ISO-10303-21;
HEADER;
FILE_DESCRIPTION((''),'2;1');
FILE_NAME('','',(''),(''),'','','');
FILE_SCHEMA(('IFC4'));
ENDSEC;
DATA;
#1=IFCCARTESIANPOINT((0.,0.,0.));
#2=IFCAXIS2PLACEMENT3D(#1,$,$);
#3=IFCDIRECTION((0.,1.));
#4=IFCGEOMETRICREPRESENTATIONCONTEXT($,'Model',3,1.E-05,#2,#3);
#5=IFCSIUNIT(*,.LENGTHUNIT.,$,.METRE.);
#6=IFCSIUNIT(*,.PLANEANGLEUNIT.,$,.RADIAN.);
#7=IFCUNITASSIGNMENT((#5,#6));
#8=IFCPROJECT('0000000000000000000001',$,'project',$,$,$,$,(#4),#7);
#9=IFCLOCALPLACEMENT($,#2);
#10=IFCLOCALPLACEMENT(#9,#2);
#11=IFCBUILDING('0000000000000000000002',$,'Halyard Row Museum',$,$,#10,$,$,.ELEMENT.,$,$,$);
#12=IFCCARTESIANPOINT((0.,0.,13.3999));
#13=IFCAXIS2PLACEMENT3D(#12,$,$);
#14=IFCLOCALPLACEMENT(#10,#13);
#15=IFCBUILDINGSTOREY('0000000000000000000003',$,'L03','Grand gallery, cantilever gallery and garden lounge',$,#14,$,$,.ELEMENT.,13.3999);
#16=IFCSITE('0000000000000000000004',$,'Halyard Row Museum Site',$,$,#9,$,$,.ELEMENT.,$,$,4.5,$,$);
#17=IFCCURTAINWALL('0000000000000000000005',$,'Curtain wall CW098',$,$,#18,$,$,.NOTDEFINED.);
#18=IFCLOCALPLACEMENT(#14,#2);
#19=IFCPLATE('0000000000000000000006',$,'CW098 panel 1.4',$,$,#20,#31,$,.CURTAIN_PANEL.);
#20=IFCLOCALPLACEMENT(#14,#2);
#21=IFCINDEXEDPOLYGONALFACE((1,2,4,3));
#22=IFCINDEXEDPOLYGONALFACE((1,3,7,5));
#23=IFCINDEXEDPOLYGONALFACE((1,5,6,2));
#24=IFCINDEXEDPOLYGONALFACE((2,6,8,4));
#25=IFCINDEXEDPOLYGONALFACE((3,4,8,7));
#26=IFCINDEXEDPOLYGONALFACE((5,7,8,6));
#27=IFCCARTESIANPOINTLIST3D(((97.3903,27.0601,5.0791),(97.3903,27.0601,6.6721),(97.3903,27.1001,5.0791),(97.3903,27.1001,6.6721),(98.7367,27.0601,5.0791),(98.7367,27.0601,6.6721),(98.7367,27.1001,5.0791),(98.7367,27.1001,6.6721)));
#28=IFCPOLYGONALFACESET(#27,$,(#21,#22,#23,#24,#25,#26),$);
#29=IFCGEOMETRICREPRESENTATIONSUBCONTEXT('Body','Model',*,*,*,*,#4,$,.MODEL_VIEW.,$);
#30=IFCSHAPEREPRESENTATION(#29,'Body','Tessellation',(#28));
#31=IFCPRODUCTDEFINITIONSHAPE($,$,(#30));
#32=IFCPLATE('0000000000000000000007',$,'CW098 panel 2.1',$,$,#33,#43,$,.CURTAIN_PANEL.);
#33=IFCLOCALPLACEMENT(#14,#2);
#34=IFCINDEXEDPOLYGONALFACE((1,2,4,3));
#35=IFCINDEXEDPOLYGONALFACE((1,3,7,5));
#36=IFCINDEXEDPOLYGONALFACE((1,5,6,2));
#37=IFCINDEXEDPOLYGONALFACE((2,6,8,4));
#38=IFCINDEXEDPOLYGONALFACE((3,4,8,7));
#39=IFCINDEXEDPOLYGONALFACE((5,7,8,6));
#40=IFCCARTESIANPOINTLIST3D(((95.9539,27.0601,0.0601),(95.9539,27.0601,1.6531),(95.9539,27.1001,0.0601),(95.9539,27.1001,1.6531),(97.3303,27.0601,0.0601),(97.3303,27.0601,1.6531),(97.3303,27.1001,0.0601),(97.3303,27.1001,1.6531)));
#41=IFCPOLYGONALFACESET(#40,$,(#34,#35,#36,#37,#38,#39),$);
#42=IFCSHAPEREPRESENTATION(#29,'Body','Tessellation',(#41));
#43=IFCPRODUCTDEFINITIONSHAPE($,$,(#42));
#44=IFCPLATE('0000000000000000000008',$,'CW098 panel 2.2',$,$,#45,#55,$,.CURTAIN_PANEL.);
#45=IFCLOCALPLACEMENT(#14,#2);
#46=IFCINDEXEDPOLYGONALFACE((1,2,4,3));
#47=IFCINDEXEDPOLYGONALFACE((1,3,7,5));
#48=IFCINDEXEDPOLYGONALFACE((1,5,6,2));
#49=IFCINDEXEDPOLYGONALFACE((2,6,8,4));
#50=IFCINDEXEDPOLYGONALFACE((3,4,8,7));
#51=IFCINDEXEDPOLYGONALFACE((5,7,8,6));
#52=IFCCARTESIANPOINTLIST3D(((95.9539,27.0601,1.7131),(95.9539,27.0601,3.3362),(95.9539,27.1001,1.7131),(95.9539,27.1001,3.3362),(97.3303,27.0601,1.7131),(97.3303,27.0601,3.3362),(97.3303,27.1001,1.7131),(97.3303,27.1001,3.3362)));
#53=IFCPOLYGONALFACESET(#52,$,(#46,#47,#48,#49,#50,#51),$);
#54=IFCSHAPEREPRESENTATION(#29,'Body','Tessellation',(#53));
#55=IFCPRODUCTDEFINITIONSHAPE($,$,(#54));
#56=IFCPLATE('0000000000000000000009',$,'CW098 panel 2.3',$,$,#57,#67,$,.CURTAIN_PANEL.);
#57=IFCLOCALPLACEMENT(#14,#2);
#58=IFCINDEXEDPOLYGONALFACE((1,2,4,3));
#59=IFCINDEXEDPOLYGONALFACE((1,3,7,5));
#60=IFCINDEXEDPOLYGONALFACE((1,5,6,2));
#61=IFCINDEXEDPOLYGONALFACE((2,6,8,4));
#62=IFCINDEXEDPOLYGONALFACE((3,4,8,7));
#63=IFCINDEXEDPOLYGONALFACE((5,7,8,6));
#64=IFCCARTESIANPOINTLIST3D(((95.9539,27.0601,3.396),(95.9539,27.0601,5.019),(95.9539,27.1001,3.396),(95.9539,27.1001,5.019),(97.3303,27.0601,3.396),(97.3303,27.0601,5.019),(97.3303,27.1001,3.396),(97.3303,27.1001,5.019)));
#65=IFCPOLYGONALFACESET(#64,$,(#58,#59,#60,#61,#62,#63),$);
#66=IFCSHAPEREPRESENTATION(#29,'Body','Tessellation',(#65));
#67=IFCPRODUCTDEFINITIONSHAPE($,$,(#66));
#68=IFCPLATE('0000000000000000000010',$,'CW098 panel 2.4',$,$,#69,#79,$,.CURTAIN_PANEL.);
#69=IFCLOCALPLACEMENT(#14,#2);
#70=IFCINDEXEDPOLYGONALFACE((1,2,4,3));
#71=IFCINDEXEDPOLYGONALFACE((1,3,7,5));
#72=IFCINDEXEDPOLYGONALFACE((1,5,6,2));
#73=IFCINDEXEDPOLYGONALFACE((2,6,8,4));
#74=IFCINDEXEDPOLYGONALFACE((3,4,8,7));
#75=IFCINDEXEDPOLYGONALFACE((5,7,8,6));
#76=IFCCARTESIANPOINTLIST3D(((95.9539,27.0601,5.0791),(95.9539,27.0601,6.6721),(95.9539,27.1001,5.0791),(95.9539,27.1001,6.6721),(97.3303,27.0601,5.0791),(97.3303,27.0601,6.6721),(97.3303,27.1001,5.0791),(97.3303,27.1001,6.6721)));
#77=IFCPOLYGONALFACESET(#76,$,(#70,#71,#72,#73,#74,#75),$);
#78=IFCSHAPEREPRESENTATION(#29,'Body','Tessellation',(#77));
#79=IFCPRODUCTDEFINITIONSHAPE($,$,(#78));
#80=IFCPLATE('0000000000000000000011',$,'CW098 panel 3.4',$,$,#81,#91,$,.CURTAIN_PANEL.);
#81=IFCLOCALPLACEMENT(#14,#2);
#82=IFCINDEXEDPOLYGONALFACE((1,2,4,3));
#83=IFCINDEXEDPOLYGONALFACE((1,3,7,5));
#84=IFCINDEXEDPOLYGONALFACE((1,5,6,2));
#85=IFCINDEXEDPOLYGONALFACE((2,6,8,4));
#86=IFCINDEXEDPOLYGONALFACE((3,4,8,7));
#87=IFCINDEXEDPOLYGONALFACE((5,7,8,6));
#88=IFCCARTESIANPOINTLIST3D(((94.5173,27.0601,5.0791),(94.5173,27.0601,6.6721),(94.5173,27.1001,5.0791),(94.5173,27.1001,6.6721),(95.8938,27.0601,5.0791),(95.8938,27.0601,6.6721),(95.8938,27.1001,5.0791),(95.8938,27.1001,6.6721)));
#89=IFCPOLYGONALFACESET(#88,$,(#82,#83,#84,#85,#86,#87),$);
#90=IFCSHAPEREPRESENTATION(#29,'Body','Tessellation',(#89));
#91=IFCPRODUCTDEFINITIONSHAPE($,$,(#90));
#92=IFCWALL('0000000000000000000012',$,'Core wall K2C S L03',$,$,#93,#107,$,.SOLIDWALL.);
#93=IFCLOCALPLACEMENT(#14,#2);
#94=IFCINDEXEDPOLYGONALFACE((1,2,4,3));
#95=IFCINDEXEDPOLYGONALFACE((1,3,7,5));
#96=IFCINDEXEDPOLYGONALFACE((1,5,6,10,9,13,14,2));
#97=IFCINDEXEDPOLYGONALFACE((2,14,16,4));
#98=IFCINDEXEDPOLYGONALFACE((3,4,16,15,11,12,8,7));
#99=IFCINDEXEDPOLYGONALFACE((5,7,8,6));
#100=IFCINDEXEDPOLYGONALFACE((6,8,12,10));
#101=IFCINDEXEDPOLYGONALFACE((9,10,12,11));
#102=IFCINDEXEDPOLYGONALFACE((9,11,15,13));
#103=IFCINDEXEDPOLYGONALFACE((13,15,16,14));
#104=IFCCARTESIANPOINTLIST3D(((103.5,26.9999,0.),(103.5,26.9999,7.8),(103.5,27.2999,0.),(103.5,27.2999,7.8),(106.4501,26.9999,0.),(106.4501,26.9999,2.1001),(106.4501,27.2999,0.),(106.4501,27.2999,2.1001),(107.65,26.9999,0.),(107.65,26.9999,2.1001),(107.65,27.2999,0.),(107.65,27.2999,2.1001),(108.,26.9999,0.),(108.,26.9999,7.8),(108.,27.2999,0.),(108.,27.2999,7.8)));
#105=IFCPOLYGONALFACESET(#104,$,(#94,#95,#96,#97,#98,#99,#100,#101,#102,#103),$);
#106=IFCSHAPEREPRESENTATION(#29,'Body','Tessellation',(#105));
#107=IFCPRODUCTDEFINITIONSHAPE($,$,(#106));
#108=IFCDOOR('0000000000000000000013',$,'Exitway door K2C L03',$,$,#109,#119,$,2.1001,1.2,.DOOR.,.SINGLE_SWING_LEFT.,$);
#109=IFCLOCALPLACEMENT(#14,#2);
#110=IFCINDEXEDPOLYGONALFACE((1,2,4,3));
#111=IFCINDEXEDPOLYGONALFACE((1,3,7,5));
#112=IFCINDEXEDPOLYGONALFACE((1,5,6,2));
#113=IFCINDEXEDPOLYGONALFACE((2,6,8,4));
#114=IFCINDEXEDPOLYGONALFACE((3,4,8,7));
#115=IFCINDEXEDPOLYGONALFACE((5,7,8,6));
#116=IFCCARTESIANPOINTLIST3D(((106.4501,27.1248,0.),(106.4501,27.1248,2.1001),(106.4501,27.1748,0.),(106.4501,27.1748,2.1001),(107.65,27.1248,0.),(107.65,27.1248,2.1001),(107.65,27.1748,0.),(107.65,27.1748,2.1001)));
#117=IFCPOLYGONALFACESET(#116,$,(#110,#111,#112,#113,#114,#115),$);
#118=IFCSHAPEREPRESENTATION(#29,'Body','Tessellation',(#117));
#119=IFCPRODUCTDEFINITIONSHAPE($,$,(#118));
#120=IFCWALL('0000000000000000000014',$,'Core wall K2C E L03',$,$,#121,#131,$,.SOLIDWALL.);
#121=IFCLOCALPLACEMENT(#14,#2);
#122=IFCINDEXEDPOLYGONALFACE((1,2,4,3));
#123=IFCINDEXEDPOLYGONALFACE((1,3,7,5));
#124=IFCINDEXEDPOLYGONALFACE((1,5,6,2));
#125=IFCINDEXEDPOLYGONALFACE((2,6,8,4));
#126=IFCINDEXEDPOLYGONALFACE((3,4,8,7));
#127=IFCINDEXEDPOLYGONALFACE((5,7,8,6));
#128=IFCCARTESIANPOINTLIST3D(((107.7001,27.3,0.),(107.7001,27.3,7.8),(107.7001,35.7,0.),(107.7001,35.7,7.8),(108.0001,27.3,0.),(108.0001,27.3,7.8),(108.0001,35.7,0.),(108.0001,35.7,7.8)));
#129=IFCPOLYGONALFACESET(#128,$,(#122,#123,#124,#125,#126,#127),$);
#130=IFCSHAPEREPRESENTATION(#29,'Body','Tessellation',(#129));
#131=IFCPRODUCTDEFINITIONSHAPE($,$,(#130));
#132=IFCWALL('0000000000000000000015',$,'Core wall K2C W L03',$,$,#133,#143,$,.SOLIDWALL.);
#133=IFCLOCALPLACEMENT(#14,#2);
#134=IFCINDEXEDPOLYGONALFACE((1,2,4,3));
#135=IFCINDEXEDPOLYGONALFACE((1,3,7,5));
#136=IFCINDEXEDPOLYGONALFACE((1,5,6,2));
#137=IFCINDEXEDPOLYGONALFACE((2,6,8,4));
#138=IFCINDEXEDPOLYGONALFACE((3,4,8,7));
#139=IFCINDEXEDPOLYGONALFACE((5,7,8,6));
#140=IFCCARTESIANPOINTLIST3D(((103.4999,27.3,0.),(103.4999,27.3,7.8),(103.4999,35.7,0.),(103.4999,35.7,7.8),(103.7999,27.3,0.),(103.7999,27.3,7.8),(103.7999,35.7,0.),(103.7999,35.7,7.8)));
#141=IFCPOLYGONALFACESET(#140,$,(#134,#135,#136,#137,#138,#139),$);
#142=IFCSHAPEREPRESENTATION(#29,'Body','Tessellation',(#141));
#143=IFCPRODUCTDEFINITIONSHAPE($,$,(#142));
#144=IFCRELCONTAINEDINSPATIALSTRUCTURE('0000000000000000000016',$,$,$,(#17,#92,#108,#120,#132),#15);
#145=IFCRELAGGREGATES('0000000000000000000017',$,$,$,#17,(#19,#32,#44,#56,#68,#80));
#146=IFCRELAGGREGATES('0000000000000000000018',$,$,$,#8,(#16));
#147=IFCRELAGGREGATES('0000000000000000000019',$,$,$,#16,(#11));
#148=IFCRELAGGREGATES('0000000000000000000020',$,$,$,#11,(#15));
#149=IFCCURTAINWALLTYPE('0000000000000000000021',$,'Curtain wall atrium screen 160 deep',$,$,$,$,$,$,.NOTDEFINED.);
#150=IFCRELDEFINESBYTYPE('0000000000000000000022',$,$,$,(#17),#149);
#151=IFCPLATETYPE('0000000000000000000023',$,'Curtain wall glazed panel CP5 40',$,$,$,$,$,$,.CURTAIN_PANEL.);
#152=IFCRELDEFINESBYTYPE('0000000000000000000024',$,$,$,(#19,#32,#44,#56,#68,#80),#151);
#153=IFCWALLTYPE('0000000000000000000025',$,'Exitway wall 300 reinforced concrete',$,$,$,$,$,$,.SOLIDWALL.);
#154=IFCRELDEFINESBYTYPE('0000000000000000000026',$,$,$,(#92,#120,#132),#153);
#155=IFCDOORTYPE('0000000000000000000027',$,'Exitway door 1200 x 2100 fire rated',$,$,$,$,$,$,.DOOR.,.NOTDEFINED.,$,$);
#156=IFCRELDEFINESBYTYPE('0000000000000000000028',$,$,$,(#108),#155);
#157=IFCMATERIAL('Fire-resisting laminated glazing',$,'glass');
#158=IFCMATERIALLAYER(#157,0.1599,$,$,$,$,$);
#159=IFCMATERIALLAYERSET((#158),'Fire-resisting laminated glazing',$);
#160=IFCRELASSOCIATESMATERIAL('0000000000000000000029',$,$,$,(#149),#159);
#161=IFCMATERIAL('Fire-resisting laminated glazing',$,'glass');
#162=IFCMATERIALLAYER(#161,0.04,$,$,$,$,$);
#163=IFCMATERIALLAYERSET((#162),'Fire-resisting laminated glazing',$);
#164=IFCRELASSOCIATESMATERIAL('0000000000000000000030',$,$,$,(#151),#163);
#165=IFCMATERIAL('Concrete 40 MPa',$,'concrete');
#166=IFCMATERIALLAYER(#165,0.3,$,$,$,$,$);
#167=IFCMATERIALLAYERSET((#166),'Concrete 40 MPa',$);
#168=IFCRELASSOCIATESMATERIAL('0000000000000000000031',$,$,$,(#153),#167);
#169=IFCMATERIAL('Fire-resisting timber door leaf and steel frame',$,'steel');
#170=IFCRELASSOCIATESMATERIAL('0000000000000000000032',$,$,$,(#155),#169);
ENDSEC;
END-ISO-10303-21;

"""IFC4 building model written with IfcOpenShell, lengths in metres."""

from ifc_helpers import new_model, si_unit, direction, frame, frame_2d, origin, origin_2d, place, context, subcontext, project, spatial, rectangle, extrude, material, layer, layer_set, type_object, element, fill, aggregate, save


model = new_model("IFC4")

# Units and contexts
model_context = context("Model", 3, precision=1e-05, world=origin(), true_north=direction((0.0, 1.0)))
body_context = subcontext(model_context, "Body", "Model", "MODEL_VIEW")
ifc_project = project(units=[si_unit("LENGTHUNIT", "METRE"), si_unit("PLANEANGLEUNIT", "RADIAN")], contexts=[model_context])

# Site, building, storey
site_placement = place(None, origin())
site = spatial("IfcSite", under=ifc_project, at=site_placement, Name="Halyard Row Museum Site", CompositionType="ELEMENT", RefElevation=4.5)
building_placement = place(site_placement, origin())
building = spatial("IfcBuilding", under=site, at=building_placement, Name="Halyard Row Museum", CompositionType="ELEMENT")
storey_placement = place(building_placement, frame((0.0, 0.0, 13.3999)))
storey = spatial("IfcBuildingStorey", under=building, at=storey_placement, Name="L03", Description="Grand gallery, cantilever gallery and garden lounge", CompositionType="ELEMENT", Elevation=13.3999)

# Curtain wall
ifc_material_1 = material(Name="Fire-resisting laminated glazing", Category="glass")
ifc_layer_1 = layer(ifc_material_1, 0.1599)
ifc_layer_set_1 = layer_set([ifc_layer_1], Name="Fire-resisting laminated glazing")
curtain_wall_type = type_object("IfcCurtainWallType", Name="Curtain wall atrium screen 160 deep", PredefinedType="NOTDEFINED", material=ifc_layer_set_1)
curtain_wall_placement = place(storey_placement, origin())
curtain_wall = element("IfcCurtainWall", 1, at=curtain_wall_placement, inside=storey, type_object=curtain_wall_type, Name="Curtain wall CW098", PredefinedType="NOTDEFINED")

# Plates
ifc_material_2 = material(Name="Fire-resisting laminated glazing", Category="glass")
ifc_layer_2 = layer(ifc_material_2, 0.04)
ifc_layer_set_2 = layer_set([ifc_layer_2], Name="Fire-resisting laminated glazing")
plate_type = type_object("IfcPlateType", Name="Curtain wall glazed panel CP5 40", PredefinedType="CURTAIN_PANEL", material=ifc_layer_set_2)
plate_1_placement = place(storey_placement, frame((98.0635, 27.0801, 5.0791), z_axis=(0.0, 0.0, 1.0), x_axis=(-1.0, 0.0, 0.0)))
plate_1 = element("IfcPlate", 2, at=plate_1_placement, type_object=plate_type, Name="CW098 panel 1.4", PredefinedType="CURTAIN_PANEL", context=body_context, shape_type="SweptSolid", body=[
    extrude(rectangle(XDim=1.3464, YDim=0.04, at=origin_2d()), origin(), (0.0, 0.0, 1.0), 1.593),
])
plate_2_placement = place(storey_placement, frame((96.6421, 27.0801, 0.0601), z_axis=(0.0, 0.0, 1.0), x_axis=(-1.0, 0.0, 0.0)))
plate_2 = element("IfcPlate", 3, at=plate_2_placement, type_object=plate_type, Name="CW098 panel 2.1", PredefinedType="CURTAIN_PANEL", context=body_context, shape_type="SweptSolid", body=[
    extrude(rectangle(XDim=1.3765, YDim=0.04, at=origin_2d()), origin(), (0.0, 0.0, 1.0), 1.593),
])
plate_3_placement = place(storey_placement, frame((96.6421, 27.0801, 1.7131), z_axis=(0.0, 0.0, 1.0), x_axis=(-1.0, 0.0, 0.0)))
plate_3 = element("IfcPlate", 4, at=plate_3_placement, type_object=plate_type, Name="CW098 panel 2.2", PredefinedType="CURTAIN_PANEL", context=body_context, shape_type="SweptSolid", body=[
    extrude(rectangle(XDim=1.3765, YDim=0.04, at=origin_2d()), origin(), (0.0, 0.0, 1.0), 1.623),
])
plate_4_placement = place(storey_placement, frame((96.6421, 27.0801, 3.396), z_axis=(0.0, 0.0, 1.0), x_axis=(-1.0, 0.0, 0.0)))
plate_4 = element("IfcPlate", 5, at=plate_4_placement, type_object=plate_type, Name="CW098 panel 2.3", PredefinedType="CURTAIN_PANEL", context=body_context, shape_type="SweptSolid", body=[
    extrude(rectangle(XDim=1.3765, YDim=0.04, at=origin_2d()), origin(), (0.0, 0.0, 1.0), 1.623),
])
plate_5_placement = place(storey_placement, frame((96.6421, 27.0801, 5.0791), z_axis=(0.0, 0.0, 1.0), x_axis=(-1.0, 0.0, 0.0)))
plate_5 = element("IfcPlate", 6, at=plate_5_placement, type_object=plate_type, Name="CW098 panel 2.4", PredefinedType="CURTAIN_PANEL", context=body_context, shape_type="SweptSolid", body=[
    extrude(rectangle(XDim=1.3765, YDim=0.04, at=origin_2d()), origin(), (0.0, 0.0, 1.0), 1.593),
])
plate_6_placement = place(storey_placement, frame((95.2056, 27.0801, 5.0791), z_axis=(0.0, 0.0, 1.0), x_axis=(-1.0, 0.0, 0.0)))
plate_6 = element("IfcPlate", 7, at=plate_6_placement, type_object=plate_type, Name="CW098 panel 3.4", PredefinedType="CURTAIN_PANEL", context=body_context, shape_type="SweptSolid", body=[
    extrude(rectangle(XDim=1.3765, YDim=0.04, at=origin_2d()), origin(), (0.0, 0.0, 1.0), 1.593),
])
aggregate(curtain_wall, [plate_1, plate_2, plate_3, plate_4, plate_5, plate_6])

# Wall, opening, door
ifc_material_3 = material(Name="Concrete 40 MPa", Category="concrete")
ifc_layer_3 = layer(ifc_material_3, 0.3)
ifc_layer_set_3 = layer_set([ifc_layer_3], Name="Concrete 40 MPa")
wall_type = type_object("IfcWallType", Name="Exitway wall 300 reinforced concrete", PredefinedType="SOLIDWALL", material=ifc_layer_set_3)
wall_placement = place(storey_placement, frame((103.5, 27.1499, 0.0), z_axis=(0.0, 0.0, 1.0), x_axis=(1.0, 0.0, 0.0)))
wall = element("IfcWall", 8, at=wall_placement, inside=storey, type_object=wall_type, Name="Core wall K2C S L03", PredefinedType="SOLIDWALL", context=body_context, shape_type="SweptSolid", body=[
    extrude(rectangle(XDim=4.5, YDim=0.3, at=frame_2d((2.25, 0.0))), origin(), (0.0, 0.0, 1.0), 7.8),
])
opening_placement = place(wall_placement, frame((2.95, 0.0, 0.0)))
opening = element("IfcOpeningElement", 9, at=opening_placement, cuts=wall, PredefinedType="OPENING", context=body_context, shape_type="SweptSolid", body=[
    extrude(rectangle(XDim=1.2, YDim=2.1001, at=frame_2d((0.6001, 1.05))), frame((0.0, 0.1599, 0.0), z_axis=(0.0, -1.0, 0.0), x_axis=(1.0, 0.0, 0.0)), (0.0, 0.0, 1.0), 0.3201),
])
ifc_material_4 = material(Name="Fire-resisting timber door leaf and steel frame", Category="steel")
door_type = type_object("IfcDoorType", Name="Exitway door 1200 x 2100 fire rated", OperationType="NOTDEFINED", PredefinedType="DOOR", material=ifc_material_4)
door_placement = place(opening_placement, origin())
door = element("IfcDoor", 10, at=door_placement, inside=storey, type_object=door_type, Name="Exitway door K2C L03", OperationType="SINGLE_SWING_LEFT", OverallHeight=2.1001, OverallWidth=1.2, PredefinedType="DOOR", context=body_context, shape_type="SweptSolid", body=[
    extrude(rectangle(XDim=1.2, YDim=2.1001, at=frame_2d((0.6001, 1.05))), frame((0.0, 0.0249, 0.0), z_axis=(0.0, -1.0, 0.0), x_axis=(1.0, 0.0, 0.0)), (0.0, 0.0, 1.0), 0.05),
])
fill(opening, door)

# Walls
for number, where, z_axis, x_axis, name in (
    (11, (107.8501, 27.3, 0.0), (0.0, 0.0, 1.0), (0.0, 1.0, 0.0), "Core wall K2C E L03"),
    (12, (103.6499, 27.3, 0.0), (0.0, 0.0, 1.0), (0.0, 1.0, 0.0), "Core wall K2C W L03"),
):
    element("IfcWall", number, at=place(storey_placement, frame(where, z_axis=z_axis, x_axis=x_axis)), inside=storey, type_object=wall_type, Name=name, PredefinedType="SOLIDWALL", context=body_context, shape_type="SweptSolid", body=[
        extrude(rectangle(XDim=8.3999, YDim=0.3, at=frame_2d((4.2, 0.0))), origin(), (0.0, 0.0, 1.0), 7.8),
    ])

save(model, "model.ifc")
